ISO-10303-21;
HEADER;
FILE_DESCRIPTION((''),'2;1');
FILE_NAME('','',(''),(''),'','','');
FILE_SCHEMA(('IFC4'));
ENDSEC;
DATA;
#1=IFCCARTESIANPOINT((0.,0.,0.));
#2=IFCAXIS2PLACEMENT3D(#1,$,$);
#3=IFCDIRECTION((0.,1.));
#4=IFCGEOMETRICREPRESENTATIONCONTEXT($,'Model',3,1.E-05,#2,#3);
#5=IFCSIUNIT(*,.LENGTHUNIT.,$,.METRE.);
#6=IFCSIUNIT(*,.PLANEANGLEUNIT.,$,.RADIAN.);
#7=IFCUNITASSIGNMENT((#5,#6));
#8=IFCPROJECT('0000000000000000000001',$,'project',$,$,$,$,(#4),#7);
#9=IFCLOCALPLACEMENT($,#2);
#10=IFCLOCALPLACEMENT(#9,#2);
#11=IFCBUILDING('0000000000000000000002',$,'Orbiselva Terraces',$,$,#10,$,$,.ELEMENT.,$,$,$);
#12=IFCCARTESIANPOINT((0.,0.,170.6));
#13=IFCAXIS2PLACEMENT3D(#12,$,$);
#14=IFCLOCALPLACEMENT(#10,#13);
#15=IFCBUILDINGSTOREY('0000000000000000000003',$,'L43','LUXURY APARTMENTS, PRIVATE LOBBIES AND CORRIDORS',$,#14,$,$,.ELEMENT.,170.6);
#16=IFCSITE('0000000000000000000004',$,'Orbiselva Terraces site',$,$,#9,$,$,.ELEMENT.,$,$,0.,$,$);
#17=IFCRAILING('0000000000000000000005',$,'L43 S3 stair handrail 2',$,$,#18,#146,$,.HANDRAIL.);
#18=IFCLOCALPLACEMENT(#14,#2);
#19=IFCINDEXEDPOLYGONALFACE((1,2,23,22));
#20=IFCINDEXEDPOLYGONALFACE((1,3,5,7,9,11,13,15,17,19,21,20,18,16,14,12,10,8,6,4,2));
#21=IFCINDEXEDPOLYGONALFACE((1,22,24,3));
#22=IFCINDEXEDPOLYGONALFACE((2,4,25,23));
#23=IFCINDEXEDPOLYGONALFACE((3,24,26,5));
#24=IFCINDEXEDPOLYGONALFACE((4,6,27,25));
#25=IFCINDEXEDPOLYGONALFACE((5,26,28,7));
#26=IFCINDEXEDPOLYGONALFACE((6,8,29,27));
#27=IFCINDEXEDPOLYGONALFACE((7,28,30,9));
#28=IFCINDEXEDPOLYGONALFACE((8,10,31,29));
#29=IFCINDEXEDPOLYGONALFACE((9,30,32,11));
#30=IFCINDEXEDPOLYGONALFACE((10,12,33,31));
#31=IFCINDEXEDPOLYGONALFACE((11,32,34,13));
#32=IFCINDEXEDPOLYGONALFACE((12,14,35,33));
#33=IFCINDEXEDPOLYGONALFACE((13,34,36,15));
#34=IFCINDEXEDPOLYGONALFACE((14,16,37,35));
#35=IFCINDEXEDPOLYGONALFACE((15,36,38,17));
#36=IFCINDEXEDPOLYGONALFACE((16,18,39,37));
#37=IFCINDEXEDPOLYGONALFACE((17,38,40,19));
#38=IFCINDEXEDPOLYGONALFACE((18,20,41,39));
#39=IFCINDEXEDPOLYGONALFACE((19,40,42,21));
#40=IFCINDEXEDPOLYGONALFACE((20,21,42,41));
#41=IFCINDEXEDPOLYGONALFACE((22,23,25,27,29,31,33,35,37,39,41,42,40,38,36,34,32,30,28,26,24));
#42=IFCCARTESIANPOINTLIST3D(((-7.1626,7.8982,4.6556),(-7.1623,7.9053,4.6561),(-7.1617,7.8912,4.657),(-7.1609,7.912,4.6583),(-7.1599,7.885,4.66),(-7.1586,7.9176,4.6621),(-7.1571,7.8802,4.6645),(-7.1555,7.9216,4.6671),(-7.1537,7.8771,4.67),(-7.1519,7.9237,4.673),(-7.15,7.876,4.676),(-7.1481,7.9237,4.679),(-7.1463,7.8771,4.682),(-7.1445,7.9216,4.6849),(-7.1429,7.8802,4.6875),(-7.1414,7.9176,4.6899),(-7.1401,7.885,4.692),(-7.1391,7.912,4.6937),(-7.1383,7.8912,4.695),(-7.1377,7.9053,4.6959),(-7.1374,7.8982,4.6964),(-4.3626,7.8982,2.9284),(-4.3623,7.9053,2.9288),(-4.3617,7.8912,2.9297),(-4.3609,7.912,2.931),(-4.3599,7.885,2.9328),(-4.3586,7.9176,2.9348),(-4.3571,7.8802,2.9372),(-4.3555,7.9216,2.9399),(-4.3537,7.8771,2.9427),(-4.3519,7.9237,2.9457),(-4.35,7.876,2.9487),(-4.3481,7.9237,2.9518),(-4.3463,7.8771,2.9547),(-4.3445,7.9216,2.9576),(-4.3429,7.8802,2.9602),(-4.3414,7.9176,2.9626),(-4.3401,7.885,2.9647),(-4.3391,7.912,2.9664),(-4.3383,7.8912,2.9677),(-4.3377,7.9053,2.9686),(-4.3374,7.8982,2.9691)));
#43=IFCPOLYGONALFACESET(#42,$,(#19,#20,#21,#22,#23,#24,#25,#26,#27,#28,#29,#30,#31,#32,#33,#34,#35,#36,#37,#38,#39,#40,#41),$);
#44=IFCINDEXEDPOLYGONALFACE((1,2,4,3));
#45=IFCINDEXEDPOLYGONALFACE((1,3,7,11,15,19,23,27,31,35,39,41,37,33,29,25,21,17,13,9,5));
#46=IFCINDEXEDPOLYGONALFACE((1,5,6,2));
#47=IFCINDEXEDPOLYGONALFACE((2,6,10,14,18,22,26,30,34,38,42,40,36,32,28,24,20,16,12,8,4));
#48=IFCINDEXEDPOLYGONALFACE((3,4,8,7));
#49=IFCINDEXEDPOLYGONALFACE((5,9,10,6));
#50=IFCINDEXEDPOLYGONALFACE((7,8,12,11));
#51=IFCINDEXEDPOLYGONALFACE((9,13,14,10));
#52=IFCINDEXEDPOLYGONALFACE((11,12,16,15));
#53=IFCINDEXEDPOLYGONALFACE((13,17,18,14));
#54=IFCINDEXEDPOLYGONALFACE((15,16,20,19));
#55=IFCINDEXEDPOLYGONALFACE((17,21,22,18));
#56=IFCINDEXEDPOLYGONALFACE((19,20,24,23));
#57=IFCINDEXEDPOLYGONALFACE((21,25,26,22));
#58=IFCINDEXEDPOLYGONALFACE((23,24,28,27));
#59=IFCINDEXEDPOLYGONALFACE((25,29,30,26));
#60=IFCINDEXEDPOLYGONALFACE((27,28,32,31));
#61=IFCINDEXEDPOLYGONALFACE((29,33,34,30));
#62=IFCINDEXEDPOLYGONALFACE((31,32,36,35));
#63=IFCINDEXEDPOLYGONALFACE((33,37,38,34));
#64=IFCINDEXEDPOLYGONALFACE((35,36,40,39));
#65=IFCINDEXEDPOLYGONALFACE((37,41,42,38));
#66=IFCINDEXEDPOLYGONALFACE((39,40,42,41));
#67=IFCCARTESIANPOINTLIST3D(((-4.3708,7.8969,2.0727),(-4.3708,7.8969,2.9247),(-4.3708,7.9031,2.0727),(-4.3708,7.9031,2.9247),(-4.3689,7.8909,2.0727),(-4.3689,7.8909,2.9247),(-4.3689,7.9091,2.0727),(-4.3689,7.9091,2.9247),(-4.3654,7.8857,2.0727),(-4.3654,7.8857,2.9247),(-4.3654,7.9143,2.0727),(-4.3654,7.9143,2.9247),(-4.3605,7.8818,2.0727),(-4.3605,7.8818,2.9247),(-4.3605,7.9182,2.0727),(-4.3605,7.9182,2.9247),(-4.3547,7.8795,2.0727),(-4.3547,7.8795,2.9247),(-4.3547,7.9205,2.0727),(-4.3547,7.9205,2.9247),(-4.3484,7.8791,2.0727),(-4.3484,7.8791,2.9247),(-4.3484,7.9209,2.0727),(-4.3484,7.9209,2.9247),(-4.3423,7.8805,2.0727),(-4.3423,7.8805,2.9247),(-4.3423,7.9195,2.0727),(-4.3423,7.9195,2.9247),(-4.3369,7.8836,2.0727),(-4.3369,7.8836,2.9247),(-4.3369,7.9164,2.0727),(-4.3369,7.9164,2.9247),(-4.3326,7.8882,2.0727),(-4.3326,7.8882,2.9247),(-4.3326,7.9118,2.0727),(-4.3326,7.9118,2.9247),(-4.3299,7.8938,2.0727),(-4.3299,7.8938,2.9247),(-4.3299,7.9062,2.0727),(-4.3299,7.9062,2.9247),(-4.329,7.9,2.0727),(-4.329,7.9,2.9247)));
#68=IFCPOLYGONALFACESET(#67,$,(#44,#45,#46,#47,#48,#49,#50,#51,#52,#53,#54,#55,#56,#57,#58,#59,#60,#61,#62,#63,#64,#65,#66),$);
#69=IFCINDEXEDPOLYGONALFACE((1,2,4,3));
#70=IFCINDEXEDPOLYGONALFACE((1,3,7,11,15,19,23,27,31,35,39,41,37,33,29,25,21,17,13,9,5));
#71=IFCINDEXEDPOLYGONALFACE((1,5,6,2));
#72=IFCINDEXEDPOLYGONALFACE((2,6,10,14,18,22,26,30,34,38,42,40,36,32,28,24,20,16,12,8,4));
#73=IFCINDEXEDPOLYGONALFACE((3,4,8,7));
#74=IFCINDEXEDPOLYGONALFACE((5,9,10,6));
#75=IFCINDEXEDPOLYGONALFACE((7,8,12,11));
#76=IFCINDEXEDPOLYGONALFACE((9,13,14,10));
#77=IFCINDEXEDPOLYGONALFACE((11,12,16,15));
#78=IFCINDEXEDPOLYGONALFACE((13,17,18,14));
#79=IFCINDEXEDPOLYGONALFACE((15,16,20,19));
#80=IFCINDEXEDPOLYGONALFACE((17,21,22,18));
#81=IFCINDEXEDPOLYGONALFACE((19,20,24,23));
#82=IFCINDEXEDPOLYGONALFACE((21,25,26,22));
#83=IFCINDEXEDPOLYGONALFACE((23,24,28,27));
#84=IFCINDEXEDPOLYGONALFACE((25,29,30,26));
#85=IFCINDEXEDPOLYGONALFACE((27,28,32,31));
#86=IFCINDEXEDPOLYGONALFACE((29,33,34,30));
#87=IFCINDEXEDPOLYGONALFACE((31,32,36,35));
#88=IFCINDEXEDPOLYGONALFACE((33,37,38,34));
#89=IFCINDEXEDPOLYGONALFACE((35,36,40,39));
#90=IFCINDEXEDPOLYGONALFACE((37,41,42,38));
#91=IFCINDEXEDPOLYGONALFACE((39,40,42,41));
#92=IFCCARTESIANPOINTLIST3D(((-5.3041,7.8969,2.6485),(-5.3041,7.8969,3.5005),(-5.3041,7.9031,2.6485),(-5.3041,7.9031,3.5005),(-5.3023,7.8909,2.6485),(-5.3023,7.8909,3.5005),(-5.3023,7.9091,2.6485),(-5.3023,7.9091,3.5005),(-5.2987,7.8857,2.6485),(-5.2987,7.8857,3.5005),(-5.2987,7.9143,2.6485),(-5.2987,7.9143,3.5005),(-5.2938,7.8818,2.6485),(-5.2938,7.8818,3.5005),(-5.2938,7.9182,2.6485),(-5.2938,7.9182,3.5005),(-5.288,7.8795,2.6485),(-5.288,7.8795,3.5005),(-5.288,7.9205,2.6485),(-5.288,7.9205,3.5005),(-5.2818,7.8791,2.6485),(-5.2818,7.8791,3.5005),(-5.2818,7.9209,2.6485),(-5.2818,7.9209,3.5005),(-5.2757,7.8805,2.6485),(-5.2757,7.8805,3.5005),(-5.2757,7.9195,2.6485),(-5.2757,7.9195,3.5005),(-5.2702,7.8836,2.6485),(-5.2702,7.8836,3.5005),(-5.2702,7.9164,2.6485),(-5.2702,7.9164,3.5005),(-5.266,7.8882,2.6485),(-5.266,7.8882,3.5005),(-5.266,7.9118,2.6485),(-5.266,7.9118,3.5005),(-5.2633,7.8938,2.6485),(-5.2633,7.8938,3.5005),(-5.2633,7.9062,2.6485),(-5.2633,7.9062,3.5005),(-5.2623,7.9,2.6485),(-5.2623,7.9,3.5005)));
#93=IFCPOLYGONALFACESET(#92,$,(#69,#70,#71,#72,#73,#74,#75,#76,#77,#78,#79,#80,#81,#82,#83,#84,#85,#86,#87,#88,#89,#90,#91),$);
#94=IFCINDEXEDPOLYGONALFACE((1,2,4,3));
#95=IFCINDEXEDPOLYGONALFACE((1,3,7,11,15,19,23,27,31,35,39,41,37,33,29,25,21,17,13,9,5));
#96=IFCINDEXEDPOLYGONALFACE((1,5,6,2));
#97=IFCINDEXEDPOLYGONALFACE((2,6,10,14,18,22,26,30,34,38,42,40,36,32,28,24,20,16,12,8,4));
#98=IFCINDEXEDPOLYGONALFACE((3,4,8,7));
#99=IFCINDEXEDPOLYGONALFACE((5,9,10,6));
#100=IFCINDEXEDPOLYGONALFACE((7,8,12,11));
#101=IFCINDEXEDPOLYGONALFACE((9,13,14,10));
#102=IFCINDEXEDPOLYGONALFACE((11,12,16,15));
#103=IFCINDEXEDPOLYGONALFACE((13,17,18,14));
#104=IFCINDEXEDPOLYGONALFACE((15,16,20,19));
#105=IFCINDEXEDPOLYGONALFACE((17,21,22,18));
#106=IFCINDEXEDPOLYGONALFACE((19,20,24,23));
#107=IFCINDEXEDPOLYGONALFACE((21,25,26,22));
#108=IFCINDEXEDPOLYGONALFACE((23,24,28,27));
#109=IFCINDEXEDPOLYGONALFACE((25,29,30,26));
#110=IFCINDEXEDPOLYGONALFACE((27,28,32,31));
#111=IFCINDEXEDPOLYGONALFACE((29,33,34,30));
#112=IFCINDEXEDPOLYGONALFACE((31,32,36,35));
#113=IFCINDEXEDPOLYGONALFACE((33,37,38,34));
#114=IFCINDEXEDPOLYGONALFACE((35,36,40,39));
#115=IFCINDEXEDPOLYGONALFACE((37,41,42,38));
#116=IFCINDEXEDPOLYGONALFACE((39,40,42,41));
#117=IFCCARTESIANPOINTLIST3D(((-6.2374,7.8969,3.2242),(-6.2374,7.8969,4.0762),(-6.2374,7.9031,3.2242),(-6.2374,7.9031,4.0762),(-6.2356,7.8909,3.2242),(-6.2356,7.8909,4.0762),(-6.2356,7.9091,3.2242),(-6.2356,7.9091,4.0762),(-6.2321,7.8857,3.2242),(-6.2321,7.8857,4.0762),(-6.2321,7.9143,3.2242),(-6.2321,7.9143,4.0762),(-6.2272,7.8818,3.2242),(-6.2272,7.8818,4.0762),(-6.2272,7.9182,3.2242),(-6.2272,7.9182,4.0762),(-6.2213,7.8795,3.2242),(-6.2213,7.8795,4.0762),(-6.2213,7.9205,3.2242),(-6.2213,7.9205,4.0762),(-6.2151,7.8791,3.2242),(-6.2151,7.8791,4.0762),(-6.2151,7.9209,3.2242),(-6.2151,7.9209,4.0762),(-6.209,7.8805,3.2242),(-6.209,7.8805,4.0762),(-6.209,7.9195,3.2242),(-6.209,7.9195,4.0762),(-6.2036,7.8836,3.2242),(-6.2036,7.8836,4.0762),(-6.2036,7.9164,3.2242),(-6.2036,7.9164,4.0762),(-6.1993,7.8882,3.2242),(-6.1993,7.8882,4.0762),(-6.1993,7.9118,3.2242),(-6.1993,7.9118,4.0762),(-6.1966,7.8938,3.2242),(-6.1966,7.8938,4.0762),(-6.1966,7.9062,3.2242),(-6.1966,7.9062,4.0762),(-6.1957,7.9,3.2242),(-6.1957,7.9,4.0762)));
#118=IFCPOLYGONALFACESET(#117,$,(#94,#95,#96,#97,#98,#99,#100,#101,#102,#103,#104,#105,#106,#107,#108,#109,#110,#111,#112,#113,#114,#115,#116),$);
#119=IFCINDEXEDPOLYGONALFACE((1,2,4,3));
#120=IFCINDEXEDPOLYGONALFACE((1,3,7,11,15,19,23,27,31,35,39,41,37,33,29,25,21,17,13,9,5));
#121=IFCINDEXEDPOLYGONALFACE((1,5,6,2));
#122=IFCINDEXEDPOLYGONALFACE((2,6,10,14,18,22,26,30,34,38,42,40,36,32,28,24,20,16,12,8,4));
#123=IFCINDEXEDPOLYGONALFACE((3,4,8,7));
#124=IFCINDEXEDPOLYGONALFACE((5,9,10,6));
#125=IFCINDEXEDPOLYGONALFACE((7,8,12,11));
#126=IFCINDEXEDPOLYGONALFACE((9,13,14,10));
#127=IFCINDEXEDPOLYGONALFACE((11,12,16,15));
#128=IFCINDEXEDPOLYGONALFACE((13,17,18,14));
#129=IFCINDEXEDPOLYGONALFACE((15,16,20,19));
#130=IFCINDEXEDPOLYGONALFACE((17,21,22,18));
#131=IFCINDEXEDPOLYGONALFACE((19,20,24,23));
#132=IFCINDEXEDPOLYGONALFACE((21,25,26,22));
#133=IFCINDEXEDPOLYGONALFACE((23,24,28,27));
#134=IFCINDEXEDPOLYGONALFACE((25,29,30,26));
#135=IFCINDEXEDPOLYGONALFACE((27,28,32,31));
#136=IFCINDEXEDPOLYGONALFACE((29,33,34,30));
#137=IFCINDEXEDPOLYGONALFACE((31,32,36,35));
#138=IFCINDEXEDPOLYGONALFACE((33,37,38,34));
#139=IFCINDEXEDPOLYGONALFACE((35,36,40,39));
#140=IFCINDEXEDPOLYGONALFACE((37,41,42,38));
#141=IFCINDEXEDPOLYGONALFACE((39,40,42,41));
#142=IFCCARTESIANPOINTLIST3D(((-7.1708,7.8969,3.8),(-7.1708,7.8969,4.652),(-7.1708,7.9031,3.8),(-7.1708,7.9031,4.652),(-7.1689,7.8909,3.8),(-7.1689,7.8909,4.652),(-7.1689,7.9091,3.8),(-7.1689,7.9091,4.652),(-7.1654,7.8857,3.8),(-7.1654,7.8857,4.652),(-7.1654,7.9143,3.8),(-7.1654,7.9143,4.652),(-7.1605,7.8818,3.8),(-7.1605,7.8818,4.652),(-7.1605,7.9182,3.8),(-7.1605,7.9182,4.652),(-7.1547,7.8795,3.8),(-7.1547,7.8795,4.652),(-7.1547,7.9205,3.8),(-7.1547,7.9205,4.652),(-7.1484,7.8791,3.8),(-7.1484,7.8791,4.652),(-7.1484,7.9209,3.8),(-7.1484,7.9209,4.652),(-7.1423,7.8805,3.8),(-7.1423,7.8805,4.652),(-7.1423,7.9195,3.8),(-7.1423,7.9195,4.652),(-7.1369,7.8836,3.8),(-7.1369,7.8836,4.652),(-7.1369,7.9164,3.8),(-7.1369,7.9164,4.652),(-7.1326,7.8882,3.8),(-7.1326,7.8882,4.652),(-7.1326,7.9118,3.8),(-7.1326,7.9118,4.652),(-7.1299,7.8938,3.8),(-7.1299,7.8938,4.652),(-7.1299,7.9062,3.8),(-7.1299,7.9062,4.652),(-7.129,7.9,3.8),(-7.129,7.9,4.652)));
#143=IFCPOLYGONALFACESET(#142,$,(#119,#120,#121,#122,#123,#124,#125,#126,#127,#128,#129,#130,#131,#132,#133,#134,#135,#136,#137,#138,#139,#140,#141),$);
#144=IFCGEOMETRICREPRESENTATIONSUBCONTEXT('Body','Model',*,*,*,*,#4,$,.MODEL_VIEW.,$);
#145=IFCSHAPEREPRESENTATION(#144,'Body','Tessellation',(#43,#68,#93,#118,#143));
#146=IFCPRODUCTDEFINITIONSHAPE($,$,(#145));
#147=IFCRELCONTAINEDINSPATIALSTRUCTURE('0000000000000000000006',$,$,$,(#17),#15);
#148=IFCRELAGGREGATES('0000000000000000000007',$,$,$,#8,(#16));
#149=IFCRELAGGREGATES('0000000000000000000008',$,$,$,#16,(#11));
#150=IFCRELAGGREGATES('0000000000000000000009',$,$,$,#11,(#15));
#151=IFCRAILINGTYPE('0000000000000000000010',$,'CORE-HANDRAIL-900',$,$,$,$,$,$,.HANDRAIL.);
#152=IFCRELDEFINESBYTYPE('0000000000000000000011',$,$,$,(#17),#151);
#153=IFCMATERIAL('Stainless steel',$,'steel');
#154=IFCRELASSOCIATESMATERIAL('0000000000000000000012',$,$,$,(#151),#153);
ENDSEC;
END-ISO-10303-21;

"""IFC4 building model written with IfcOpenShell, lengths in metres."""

from ifc_helpers import new_model, si_unit, direction, frame, origin, origin_2d, place, context, subcontext, project, spatial, circle, extrude, material, type_object, element, save


model = new_model("IFC4")

# Units and contexts
model_context = context("Model", 3, precision=1e-05, world=origin(), true_north=direction((0.0, 1.0)))
body_context = subcontext(model_context, "Body", "Model", "MODEL_VIEW")
ifc_project = project(units=[si_unit("LENGTHUNIT", "METRE"), si_unit("PLANEANGLEUNIT", "RADIAN")], contexts=[model_context])

# Site, building, storey
site_placement = place(None, origin())
site = spatial("IfcSite", under=ifc_project, at=site_placement, Name="Orbiselva Terraces site", CompositionType="ELEMENT", RefElevation=0.0)
building_placement = place(site_placement, origin())
building = spatial("IfcBuilding", under=site, at=building_placement, Name="Orbiselva Terraces", CompositionType="ELEMENT")
storey_placement = place(building_placement, frame((0.0, 0.0, 170.6)))
storey = spatial("IfcBuildingStorey", under=building, at=storey_placement, Name="L43", Description="LUXURY APARTMENTS, PRIVATE LOBBIES AND CORRIDORS", CompositionType="ELEMENT", Elevation=170.6)

# Railing
ifc_material_1 = material(Name="Stainless steel", Category="steel")
railing_type_1 = type_object("IfcRailingType", Name="CORE-HANDRAIL-900", PredefinedType="HANDRAIL", material=ifc_material_1)
railing_1_placement = place(storey_placement, frame((-4.35, 7.9, 2.0727)))
element("IfcRailing", 1, at=railing_1_placement, inside=storey, type_object=railing_type_1, Name="L43 S3 stair handrail 2", PredefinedType="HANDRAIL", context=body_context, shape_type="SweptSolid", body=[
    extrude(circle(Radius=0.024, at=origin_2d()), frame((0.0, 0.0, 0.876), z_axis=(-0.851089, 0.0, 0.525022), x_axis=(0.0, -1.0, 0.0)), (0.0, 0.0, 1.0), 3.2899),
    extrude(circle(Radius=0.021, at=origin_2d()), origin(), (0.0, 0.0, 1.0), 0.852),
    extrude(circle(Radius=0.021, at=origin_2d()), frame((-0.9333, 0.0, 0.5758)), (0.0, 0.0, 1.0), 0.852),
    extrude(circle(Radius=0.021, at=origin_2d()), frame((-1.8667, 0.0, 1.1515)), (0.0, 0.0, 1.0), 0.852),
    extrude(circle(Radius=0.021, at=origin_2d()), frame((-2.8, 0.0, 1.7273)), (0.0, 0.0, 1.0), 0.852),
])

save(model, "model.ifc")
